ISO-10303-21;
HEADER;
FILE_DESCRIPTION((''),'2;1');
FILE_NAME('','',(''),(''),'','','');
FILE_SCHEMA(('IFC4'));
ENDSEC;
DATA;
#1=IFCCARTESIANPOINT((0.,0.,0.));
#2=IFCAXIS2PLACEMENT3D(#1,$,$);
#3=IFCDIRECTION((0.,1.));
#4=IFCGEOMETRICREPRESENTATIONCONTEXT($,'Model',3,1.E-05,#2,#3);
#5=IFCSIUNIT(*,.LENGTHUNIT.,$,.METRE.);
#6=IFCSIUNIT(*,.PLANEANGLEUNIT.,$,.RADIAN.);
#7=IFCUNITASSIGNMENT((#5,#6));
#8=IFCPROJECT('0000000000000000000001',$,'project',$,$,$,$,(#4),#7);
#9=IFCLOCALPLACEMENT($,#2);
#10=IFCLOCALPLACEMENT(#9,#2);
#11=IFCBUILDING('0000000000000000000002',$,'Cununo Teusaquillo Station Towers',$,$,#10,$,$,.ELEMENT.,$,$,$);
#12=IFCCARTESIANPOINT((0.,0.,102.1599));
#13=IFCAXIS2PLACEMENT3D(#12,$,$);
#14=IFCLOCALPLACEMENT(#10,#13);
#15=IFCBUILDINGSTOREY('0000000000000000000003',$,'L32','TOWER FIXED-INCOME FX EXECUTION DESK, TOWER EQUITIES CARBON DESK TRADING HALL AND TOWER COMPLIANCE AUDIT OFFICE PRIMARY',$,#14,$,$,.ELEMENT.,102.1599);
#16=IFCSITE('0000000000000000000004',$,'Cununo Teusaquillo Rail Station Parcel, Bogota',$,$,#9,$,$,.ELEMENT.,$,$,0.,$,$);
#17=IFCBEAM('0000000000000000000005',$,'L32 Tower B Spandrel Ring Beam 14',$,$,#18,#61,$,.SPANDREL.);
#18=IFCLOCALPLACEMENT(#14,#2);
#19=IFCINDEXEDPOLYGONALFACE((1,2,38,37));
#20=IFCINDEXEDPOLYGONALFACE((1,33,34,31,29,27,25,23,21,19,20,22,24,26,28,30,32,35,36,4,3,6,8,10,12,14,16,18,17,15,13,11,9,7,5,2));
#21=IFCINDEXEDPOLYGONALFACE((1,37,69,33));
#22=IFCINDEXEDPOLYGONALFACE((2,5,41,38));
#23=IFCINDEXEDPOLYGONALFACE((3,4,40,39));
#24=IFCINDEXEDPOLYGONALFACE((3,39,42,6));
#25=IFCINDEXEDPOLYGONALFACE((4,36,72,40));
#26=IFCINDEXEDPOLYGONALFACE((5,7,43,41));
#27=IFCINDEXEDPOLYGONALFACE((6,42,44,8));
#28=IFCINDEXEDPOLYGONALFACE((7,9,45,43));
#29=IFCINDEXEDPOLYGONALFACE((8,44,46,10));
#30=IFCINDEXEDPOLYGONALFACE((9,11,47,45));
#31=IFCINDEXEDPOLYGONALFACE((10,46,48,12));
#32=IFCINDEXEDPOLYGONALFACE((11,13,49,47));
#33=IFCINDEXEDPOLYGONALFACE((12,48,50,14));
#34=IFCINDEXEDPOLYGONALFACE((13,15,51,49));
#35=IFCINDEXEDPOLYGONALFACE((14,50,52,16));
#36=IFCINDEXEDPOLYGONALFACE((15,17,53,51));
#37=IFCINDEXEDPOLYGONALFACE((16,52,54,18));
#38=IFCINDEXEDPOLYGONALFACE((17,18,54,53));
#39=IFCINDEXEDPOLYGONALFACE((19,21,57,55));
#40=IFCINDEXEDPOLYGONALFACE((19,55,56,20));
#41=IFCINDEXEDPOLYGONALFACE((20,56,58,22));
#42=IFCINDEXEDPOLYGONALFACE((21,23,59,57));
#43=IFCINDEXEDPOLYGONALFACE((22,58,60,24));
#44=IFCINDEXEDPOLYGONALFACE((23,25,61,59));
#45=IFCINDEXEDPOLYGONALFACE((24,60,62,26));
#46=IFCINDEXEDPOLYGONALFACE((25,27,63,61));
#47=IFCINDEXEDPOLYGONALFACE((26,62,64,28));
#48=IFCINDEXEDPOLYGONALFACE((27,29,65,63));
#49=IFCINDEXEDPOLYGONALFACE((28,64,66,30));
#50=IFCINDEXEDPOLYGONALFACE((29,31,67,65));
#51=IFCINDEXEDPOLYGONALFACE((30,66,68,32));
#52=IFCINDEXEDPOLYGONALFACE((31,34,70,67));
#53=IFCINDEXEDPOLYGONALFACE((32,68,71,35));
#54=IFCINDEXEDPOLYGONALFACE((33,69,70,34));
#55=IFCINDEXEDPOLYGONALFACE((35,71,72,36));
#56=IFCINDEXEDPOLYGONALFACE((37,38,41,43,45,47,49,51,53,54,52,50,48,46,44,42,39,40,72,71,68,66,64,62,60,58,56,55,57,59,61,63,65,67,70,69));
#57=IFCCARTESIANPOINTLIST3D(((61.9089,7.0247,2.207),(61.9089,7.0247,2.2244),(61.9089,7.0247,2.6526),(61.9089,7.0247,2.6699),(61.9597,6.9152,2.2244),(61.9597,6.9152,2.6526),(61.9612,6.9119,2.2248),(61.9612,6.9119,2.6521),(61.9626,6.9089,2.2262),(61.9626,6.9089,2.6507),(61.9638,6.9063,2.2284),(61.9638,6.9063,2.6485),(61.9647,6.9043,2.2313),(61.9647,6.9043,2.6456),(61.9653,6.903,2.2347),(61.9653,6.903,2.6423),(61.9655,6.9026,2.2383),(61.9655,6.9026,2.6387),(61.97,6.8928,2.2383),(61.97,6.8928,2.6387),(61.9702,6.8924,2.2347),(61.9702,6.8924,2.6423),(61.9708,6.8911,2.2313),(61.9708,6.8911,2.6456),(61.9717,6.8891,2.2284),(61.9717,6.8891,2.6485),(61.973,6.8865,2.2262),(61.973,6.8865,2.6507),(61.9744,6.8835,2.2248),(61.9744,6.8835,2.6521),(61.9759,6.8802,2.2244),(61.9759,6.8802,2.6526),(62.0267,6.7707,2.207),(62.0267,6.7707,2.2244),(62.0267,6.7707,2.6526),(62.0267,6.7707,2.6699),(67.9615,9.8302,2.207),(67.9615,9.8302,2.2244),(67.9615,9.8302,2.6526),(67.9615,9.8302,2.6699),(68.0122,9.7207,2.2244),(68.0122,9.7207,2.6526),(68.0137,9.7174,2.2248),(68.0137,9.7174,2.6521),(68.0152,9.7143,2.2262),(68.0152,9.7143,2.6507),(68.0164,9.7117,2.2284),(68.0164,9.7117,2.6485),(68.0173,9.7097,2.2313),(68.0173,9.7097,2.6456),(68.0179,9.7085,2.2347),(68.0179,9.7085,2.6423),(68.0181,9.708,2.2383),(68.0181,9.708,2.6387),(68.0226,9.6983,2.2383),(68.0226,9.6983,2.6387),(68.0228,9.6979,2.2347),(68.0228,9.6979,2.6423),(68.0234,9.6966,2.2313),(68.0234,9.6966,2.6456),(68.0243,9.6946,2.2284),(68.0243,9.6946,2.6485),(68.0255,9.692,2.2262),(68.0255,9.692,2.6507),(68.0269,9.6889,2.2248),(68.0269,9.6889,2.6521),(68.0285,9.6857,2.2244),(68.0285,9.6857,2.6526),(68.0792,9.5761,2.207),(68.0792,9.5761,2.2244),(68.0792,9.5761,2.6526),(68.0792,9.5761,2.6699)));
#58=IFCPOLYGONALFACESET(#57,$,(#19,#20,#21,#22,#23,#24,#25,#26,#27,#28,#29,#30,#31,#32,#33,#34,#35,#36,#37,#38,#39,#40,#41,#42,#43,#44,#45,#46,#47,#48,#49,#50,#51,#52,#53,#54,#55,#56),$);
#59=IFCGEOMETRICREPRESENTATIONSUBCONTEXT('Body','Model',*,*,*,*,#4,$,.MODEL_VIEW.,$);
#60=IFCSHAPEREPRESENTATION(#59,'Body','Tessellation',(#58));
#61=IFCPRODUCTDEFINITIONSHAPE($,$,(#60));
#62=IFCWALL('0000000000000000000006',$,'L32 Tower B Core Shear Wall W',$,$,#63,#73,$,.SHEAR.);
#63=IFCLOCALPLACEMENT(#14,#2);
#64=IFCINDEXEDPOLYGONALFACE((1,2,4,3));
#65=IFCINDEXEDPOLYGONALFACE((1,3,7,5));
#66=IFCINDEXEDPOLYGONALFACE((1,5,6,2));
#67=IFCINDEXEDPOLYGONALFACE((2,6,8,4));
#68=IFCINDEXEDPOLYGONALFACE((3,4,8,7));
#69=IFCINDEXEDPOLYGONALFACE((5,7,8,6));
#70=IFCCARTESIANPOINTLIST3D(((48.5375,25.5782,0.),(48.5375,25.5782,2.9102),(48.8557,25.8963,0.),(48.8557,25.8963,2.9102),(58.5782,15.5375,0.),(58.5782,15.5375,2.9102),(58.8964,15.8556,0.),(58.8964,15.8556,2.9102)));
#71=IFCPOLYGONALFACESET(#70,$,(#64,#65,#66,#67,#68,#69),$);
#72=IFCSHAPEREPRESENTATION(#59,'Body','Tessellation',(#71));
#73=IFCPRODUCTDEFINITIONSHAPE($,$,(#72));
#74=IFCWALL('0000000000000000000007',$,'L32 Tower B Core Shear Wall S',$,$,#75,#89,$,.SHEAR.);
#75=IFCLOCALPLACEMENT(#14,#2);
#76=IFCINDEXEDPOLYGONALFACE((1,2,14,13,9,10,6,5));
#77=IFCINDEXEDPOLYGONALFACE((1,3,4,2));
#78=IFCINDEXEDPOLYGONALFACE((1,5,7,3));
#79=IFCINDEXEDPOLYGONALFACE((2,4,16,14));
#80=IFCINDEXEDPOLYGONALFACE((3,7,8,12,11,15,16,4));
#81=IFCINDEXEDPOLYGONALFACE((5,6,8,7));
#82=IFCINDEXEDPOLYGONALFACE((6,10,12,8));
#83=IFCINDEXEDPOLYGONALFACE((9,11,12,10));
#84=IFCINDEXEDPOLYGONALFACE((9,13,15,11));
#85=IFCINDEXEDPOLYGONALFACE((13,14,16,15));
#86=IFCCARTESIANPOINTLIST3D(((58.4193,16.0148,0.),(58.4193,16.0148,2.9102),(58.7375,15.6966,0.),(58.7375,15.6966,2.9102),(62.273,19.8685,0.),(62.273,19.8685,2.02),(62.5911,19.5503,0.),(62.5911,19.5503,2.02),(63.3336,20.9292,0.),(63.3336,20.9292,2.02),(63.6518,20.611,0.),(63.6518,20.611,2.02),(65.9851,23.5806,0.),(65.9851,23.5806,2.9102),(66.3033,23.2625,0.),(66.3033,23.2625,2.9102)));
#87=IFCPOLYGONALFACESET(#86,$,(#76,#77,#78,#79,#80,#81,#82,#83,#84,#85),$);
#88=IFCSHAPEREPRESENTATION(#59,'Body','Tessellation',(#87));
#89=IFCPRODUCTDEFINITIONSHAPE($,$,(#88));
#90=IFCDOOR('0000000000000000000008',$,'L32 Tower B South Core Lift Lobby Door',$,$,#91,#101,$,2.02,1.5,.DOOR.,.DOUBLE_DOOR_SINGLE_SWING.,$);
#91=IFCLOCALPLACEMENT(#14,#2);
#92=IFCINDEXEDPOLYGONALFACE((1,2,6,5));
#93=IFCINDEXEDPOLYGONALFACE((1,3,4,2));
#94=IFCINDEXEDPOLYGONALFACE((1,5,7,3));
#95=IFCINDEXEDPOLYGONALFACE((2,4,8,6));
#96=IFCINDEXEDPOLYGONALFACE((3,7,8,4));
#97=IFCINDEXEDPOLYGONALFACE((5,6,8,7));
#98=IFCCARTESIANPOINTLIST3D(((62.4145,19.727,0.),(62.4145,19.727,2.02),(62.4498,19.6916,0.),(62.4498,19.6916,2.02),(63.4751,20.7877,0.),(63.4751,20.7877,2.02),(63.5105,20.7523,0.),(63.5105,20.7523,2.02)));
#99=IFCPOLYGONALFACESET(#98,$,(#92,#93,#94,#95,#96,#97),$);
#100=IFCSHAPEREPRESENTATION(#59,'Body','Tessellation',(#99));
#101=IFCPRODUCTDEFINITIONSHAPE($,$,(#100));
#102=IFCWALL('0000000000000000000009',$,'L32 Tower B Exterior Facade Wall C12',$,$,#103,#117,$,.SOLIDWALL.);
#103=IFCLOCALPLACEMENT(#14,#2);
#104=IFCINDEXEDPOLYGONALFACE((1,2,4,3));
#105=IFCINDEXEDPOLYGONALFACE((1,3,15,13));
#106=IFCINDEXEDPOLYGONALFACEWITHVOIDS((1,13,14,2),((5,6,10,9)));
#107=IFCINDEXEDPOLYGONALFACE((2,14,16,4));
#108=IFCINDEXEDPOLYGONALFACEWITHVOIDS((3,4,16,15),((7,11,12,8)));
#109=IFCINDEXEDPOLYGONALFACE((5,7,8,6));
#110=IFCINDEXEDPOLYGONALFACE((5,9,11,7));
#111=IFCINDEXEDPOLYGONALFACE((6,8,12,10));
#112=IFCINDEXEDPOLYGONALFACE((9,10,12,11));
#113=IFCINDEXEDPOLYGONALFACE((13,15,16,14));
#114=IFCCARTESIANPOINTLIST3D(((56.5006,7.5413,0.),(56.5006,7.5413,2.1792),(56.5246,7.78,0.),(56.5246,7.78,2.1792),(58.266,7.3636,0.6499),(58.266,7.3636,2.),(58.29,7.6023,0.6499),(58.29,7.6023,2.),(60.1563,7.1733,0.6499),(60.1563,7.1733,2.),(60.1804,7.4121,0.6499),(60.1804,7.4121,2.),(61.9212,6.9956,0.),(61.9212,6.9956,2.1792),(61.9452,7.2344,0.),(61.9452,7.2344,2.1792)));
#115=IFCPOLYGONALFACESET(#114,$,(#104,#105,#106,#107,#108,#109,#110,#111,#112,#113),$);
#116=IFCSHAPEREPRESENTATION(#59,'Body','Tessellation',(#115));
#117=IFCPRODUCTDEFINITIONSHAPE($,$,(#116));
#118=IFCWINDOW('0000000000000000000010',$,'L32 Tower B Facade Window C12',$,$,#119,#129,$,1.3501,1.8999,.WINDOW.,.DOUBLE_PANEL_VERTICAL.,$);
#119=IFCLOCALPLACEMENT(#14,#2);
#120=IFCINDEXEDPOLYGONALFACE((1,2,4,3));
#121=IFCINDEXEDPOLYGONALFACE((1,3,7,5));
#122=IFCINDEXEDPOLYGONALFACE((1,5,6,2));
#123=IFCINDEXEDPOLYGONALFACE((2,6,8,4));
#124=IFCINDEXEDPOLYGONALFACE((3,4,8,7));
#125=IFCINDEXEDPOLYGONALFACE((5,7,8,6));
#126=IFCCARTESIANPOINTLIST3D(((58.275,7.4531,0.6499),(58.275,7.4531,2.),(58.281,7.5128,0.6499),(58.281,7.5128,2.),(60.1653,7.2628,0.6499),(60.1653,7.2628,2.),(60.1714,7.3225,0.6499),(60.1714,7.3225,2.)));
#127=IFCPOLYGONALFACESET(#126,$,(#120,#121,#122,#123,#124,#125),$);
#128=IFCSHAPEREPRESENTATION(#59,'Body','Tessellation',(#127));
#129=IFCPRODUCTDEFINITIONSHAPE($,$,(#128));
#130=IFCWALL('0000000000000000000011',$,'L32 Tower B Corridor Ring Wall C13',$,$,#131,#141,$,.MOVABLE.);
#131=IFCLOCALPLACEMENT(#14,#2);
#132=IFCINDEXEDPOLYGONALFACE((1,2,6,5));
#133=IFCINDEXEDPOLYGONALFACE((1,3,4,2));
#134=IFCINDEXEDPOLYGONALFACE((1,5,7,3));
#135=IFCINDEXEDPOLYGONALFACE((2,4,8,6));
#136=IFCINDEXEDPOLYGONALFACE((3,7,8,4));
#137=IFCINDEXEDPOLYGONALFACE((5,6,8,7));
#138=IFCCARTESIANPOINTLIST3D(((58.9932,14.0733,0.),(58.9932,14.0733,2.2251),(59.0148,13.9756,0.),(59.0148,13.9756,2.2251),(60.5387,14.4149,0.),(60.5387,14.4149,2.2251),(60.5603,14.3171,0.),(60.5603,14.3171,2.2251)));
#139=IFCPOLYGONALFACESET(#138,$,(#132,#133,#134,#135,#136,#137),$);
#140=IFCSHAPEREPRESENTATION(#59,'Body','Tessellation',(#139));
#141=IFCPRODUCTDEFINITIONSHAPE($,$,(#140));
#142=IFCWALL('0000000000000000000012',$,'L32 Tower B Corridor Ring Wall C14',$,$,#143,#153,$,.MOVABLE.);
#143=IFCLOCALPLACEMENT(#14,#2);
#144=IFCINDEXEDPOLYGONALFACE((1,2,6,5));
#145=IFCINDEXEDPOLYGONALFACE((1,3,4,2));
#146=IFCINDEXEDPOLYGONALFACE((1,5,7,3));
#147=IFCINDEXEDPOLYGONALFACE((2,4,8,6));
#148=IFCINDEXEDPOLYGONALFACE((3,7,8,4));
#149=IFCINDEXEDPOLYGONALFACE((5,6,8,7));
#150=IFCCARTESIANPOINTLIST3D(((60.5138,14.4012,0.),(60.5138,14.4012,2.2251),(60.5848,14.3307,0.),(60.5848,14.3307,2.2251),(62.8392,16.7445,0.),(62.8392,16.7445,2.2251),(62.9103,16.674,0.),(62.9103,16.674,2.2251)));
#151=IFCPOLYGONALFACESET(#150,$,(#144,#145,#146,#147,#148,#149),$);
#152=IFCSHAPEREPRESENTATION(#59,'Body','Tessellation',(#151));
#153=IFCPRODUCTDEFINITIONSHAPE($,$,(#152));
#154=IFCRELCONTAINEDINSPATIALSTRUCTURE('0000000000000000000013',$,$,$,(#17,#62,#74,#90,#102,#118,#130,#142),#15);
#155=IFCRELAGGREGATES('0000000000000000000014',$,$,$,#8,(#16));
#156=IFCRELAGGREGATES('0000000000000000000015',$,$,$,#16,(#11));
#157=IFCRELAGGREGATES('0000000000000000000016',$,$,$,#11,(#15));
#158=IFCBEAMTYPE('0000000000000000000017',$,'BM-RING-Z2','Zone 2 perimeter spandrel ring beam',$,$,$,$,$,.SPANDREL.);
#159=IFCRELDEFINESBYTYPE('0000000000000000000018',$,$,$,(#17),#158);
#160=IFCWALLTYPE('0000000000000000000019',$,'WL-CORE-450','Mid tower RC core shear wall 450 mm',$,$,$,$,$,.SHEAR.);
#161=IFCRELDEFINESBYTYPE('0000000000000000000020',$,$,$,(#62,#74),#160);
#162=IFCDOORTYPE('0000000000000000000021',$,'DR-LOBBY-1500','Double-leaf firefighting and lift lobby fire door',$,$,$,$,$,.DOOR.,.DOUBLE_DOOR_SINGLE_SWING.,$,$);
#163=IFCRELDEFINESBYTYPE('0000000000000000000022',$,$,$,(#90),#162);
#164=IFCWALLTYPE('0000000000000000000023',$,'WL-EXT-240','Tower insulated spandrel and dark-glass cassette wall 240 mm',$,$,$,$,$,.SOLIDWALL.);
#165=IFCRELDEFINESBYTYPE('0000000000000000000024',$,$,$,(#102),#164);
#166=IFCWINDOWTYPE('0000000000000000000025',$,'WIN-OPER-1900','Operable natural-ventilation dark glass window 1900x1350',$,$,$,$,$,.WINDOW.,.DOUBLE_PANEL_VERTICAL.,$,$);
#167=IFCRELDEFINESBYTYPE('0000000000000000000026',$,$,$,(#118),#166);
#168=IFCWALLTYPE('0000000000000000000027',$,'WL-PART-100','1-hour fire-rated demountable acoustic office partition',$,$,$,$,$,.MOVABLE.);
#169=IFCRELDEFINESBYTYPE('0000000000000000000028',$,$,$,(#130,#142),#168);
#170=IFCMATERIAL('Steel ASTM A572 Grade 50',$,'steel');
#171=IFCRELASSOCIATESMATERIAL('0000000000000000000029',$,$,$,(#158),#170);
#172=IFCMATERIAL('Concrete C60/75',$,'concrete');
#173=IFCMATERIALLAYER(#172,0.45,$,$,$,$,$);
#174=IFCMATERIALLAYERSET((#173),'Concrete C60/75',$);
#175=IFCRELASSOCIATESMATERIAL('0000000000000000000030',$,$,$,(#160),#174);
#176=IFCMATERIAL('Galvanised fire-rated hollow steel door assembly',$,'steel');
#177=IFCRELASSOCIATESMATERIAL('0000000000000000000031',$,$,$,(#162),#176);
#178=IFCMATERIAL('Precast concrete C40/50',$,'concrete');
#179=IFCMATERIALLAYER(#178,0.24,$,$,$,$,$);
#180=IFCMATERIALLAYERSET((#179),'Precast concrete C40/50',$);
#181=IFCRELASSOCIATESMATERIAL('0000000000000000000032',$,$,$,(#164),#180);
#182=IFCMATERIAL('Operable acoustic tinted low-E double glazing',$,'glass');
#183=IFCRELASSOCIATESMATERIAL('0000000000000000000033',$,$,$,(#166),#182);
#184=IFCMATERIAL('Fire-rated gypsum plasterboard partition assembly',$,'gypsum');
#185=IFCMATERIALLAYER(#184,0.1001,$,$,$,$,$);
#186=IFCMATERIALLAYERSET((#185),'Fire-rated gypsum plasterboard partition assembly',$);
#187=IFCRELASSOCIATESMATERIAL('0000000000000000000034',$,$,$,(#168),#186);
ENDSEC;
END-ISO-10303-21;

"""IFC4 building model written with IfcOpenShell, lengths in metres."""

from ifc_helpers import new_model, si_unit, direction, frame, frame_2d, origin, origin_2d, place, context, subcontext, project, spatial, rectangle, i_section, extrude, source, transform, mapped, material, layer, layer_set, material_profile, profile_set, type_object, element, fill, save


model = new_model("IFC4")

# Units and contexts
model_context = context("Model", 3, precision=1e-05, world=origin(), true_north=direction((0.0, 1.0)))
body_context = subcontext(model_context, "Body", "Model", "MODEL_VIEW")
ifc_project = project(units=[si_unit("LENGTHUNIT", "METRE"), si_unit("PLANEANGLEUNIT", "RADIAN")], contexts=[model_context])

# Site, building, storey
site_placement = place(None, origin())
site = spatial("IfcSite", under=ifc_project, at=site_placement, Name="Cununo Teusaquillo Rail Station Parcel, Bogota", CompositionType="ELEMENT", RefElevation=0.0)
building_placement = place(site_placement, origin())
building = spatial("IfcBuilding", under=site, at=building_placement, Name="Cununo Teusaquillo Station Towers", CompositionType="ELEMENT")
storey_placement = place(building_placement, frame((0.0, 0.0, 102.1599)))
storey = spatial("IfcBuildingStorey", under=building, at=storey_placement, Name="L32", Description="TOWER FIXED-INCOME FX EXECUTION DESK, TOWER EQUITIES CARBON DESK TRADING HALL AND TOWER COMPLIANCE AUDIT OFFICE PRIMARY", CompositionType="ELEMENT", Elevation=102.1599)

# Beam
ifc_material_1 = material(Name="Steel ASTM A572 Grade 50", Category="steel")
ifc_material_profile_1 = material_profile(ifc_material_1, i_section(OverallWidth=0.28, OverallDepth=0.4629, WebThickness=0.0107, FlangeThickness=0.0173, FilletRadius=0.0139, at=origin_2d()), Name="W18X76")
ifc_profile_set_1 = profile_set([ifc_material_profile_1], Name="Steel ASTM A572 Grade 50")
beam_type_1 = type_object("IfcBeamType", Name="BM-RING-Z2", Description="Zone 2 perimeter spandrel ring beam", PredefinedType="SPANDREL", material=ifc_profile_set_1)
beam_1_placement = place(storey_placement, frame((61.9678, 6.8977, 2.4385), z_axis=(0.907276, 0.420536, 0.0), x_axis=(-0.420536, 0.907276, 0.0)))
element("IfcBeam", 1, at=beam_1_placement, inside=storey, type_object=beam_type_1, Name="L32 Tower B Spandrel Ring Beam 14", PredefinedType="SPANDREL", context=body_context, shape_type="SweptSolid", body=[
    extrude(i_section(OverallWidth=0.28, OverallDepth=0.4629, WebThickness=0.0107, FlangeThickness=0.0173, FilletRadius=0.0139, at=origin_2d()), origin(), (0.0, 0.0, 1.0), 6.6711),
])

# Wall
ifc_material_2 = material(Name="Concrete C60/75", Category="concrete")
ifc_layer_1 = layer(ifc_material_2, 0.45)
ifc_layer_set_1 = layer_set([ifc_layer_1], Name="Concrete C60/75")
wall_type_1 = type_object("IfcWallType", Name="WL-CORE-450", Description="Mid tower RC core shear wall 450 mm", PredefinedType="SHEAR", material=ifc_layer_set_1)
wall_1_placement = place(storey_placement, frame((58.7373, 15.6965, 0.0), z_axis=(0.0, 0.0, 1.0), x_axis=(-0.707107, 0.707107, 0.0)))
element("IfcWall", 2, at=wall_1_placement, inside=storey, type_object=wall_type_1, Name="L32 Tower B Core Shear Wall W", PredefinedType="SHEAR", context=body_context, shape_type="SweptSolid", body=[
    extrude(rectangle(XDim=14.1997, YDim=0.45, at=frame_2d((7.0999, 0.0))), origin(), (0.0, 0.0, 1.0), 2.9102),
])

# Wall, opening, door
wall_2_placement = place(storey_placement, frame((58.5784, 15.8557, 0.0), z_axis=(0.0, 0.0, 1.0), x_axis=(0.707107, 0.707107, 0.0)))
wall_2 = element("IfcWall", 3, at=wall_2_placement, inside=storey, type_object=wall_type_1, Name="L32 Tower B Core Shear Wall S", PredefinedType="SHEAR", context=body_context, shape_type="SweptSolid", body=[
    extrude(rectangle(XDim=10.6997, YDim=0.45, at=frame_2d((5.3499, 0.0))), origin(), (0.0, 0.0, 1.0), 2.9102),
])
shared_shape_1 = source(origin(), body_context, "Body", "SweptSolid", [
    extrude(rectangle(XDim=1.5, YDim=2.02, at=frame_2d((0.75, 1.01))), frame((0.0, 0.2349, 0.0), z_axis=(0.0, -1.0, 0.0), x_axis=(1.0, 0.0, 0.0)), (0.0, 0.0, 1.0), 0.47),
])
opening_1_placement = place(wall_2_placement, frame((5.45, 0.0, 0.0)))
opening_1 = element("IfcOpeningElement", 4, at=opening_1_placement, cuts=wall_2, PredefinedType="OPENING", context=body_context, shape_type="MappedRepresentation", body=[
    mapped(shared_shape_1, transform((0.0, 0.0, 0.0), x_axis=(1.0, 0.0, 0.0), y_axis=(0.0, 1.0, 0.0), z_axis=(0.0, 0.0, 1.0), scale=1.0)),
])
ifc_material_3 = material(Name="Galvanised fire-rated hollow steel door assembly", Category="steel")
door_type = type_object("IfcDoorType", Name="DR-LOBBY-1500", Description="Double-leaf firefighting and lift lobby fire door", OperationType="DOUBLE_DOOR_SINGLE_SWING", PredefinedType="DOOR", material=ifc_material_3)
shared_shape_2 = source(origin(), body_context, "Body", "SweptSolid", [
    extrude(rectangle(XDim=1.5, YDim=2.02, at=frame_2d((0.75, 1.01))), frame((0.0, 0.0249, 0.0), z_axis=(0.0, -1.0, 0.0), x_axis=(1.0, 0.0, 0.0)), (0.0, 0.0, 1.0), 0.05),
])
door_placement = place(opening_1_placement, origin())
door = element("IfcDoor", 5, at=door_placement, inside=storey, type_object=door_type, Name="L32 Tower B South Core Lift Lobby Door", OperationType="DOUBLE_DOOR_SINGLE_SWING", OverallHeight=2.02, OverallWidth=1.5, PredefinedType="DOOR", context=body_context, shape_type="MappedRepresentation", body=[
    mapped(shared_shape_2, transform((0.0, 0.0, 0.0), x_axis=(1.0, 0.0, 0.0), y_axis=(0.0, 1.0, 0.0), z_axis=(0.0, 0.0, 1.0), scale=1.0)),
])
fill(opening_1, door)

# Wall, opening, window
ifc_material_4 = material(Name="Precast concrete C40/50", Category="concrete")
ifc_layer_2 = layer(ifc_material_4, 0.24)
ifc_layer_set_2 = layer_set([ifc_layer_2], Name="Precast concrete C40/50")
wall_type_2 = type_object("IfcWallType", Name="WL-EXT-240", Description="Tower insulated spandrel and dark-glass cassette wall 240 mm", PredefinedType="SOLIDWALL", material=ifc_layer_set_2)
wall_3_placement = place(storey_placement, frame((61.9333, 7.115, 0.0), z_axis=(0.0, 0.0, 1.0), x_axis=(-0.994972, 0.100156, 0.0)))
wall_3 = element("IfcWall", 6, at=wall_3_placement, inside=storey, type_object=wall_type_2, Name="L32 Tower B Exterior Facade Wall C12", PredefinedType="SOLIDWALL", context=body_context, shape_type="SweptSolid", body=[
    extrude(rectangle(XDim=5.448, YDim=0.24, at=frame_2d((2.7241, 0.0))), origin(), (0.0, 0.0, 1.0), 2.1792),
])
shared_shape_3 = source(origin(), body_context, "Body", "SweptSolid", [
    extrude(rectangle(XDim=1.8999, YDim=1.3501, at=frame_2d((0.95, 0.675))), frame((0.0, 0.1299, 0.0), z_axis=(0.0, -1.0, 0.0), x_axis=(1.0, 0.0, 0.0)), (0.0, 0.0, 1.0), 0.26),
])
opening_2_placement = place(wall_3_placement, frame((1.7739, 0.0, 0.6499)))
opening_2 = element("IfcOpeningElement", 7, at=opening_2_placement, cuts=wall_3, PredefinedType="OPENING", context=body_context, shape_type="MappedRepresentation", body=[
    mapped(shared_shape_3, transform((0.0, 0.0, 0.0), x_axis=(1.0, 0.0, 0.0), y_axis=(0.0, 1.0, 0.0), z_axis=(0.0, 0.0, 1.0), scale=1.0)),
])
ifc_material_5 = material(Name="Operable acoustic tinted low-E double glazing", Category="glass")
window_type = type_object("IfcWindowType", Name="WIN-OPER-1900", Description="Operable natural-ventilation dark glass window 1900x1350", PartitioningType="DOUBLE_PANEL_VERTICAL", PredefinedType="WINDOW", material=ifc_material_5)
shared_shape_4 = source(origin(), body_context, "Body", "SweptSolid", [
    extrude(rectangle(XDim=1.8999, YDim=1.3501, at=frame_2d((0.95, 0.675))), frame((0.0, 0.03, 0.0), z_axis=(0.0, -1.0, 0.0), x_axis=(1.0, 0.0, 0.0)), (0.0, 0.0, 1.0), 0.0601),
])
window_placement = place(opening_2_placement, origin())
window = element("IfcWindow", 8, at=window_placement, inside=storey, type_object=window_type, Name="L32 Tower B Facade Window C12", OverallHeight=1.3501, OverallWidth=1.8999, PartitioningType="DOUBLE_PANEL_VERTICAL", PredefinedType="WINDOW", context=body_context, shape_type="MappedRepresentation", body=[
    mapped(shared_shape_4, transform((0.0, 0.0, 0.0), x_axis=(1.0, 0.0, 0.0), y_axis=(0.0, 1.0, 0.0), z_axis=(0.0, 0.0, 1.0), scale=1.0)),
])
fill(opening_2, window)

# Walls
ifc_material_6 = material(Name="Fire-rated gypsum plasterboard partition assembly", Category="gypsum")
ifc_layer_3 = layer(ifc_material_6, 0.1001)
ifc_layer_set_3 = layer_set([ifc_layer_3], Name="Fire-rated gypsum plasterboard partition assembly")
wall_type_3 = type_object("IfcWallType", Name="WL-PART-100", Description="1-hour fire-rated demountable acoustic office partition", PredefinedType="MOVABLE", material=ifc_layer_set_3)
wall_4_placement = place(storey_placement, frame((59.0039, 14.0244, 0.0), z_axis=(0.0, 0.0, 1.0), x_axis=(0.976437, 0.215803, 0.0)))
element("IfcWall", 9, at=wall_4_placement, inside=storey, type_object=wall_type_3, Name="L32 Tower B Corridor Ring Wall C13", PredefinedType="MOVABLE", context=body_context, shape_type="SweptSolid", body=[
    extrude(rectangle(XDim=1.5828, YDim=0.1001, at=frame_2d((0.7915, 0.0))), origin(), (0.0, 0.0, 1.0), 2.2251),
])
wall_5_placement = place(storey_placement, frame((60.5493, 14.366, 0.0), z_axis=(0.0, 0.0, 1.0), x_axis=(0.704402, 0.709801, 0.0)))
element("IfcWall", 10, at=wall_5_placement, inside=storey, type_object=wall_type_3, Name="L32 Tower B Corridor Ring Wall C14", PredefinedType="MOVABLE", context=body_context, shape_type="SweptSolid", body=[
    extrude(rectangle(XDim=3.3013, YDim=0.1001, at=frame_2d((1.6506, 0.0))), origin(), (0.0, 0.0, 1.0), 2.2251),
])

save(model, "model.ifc")
